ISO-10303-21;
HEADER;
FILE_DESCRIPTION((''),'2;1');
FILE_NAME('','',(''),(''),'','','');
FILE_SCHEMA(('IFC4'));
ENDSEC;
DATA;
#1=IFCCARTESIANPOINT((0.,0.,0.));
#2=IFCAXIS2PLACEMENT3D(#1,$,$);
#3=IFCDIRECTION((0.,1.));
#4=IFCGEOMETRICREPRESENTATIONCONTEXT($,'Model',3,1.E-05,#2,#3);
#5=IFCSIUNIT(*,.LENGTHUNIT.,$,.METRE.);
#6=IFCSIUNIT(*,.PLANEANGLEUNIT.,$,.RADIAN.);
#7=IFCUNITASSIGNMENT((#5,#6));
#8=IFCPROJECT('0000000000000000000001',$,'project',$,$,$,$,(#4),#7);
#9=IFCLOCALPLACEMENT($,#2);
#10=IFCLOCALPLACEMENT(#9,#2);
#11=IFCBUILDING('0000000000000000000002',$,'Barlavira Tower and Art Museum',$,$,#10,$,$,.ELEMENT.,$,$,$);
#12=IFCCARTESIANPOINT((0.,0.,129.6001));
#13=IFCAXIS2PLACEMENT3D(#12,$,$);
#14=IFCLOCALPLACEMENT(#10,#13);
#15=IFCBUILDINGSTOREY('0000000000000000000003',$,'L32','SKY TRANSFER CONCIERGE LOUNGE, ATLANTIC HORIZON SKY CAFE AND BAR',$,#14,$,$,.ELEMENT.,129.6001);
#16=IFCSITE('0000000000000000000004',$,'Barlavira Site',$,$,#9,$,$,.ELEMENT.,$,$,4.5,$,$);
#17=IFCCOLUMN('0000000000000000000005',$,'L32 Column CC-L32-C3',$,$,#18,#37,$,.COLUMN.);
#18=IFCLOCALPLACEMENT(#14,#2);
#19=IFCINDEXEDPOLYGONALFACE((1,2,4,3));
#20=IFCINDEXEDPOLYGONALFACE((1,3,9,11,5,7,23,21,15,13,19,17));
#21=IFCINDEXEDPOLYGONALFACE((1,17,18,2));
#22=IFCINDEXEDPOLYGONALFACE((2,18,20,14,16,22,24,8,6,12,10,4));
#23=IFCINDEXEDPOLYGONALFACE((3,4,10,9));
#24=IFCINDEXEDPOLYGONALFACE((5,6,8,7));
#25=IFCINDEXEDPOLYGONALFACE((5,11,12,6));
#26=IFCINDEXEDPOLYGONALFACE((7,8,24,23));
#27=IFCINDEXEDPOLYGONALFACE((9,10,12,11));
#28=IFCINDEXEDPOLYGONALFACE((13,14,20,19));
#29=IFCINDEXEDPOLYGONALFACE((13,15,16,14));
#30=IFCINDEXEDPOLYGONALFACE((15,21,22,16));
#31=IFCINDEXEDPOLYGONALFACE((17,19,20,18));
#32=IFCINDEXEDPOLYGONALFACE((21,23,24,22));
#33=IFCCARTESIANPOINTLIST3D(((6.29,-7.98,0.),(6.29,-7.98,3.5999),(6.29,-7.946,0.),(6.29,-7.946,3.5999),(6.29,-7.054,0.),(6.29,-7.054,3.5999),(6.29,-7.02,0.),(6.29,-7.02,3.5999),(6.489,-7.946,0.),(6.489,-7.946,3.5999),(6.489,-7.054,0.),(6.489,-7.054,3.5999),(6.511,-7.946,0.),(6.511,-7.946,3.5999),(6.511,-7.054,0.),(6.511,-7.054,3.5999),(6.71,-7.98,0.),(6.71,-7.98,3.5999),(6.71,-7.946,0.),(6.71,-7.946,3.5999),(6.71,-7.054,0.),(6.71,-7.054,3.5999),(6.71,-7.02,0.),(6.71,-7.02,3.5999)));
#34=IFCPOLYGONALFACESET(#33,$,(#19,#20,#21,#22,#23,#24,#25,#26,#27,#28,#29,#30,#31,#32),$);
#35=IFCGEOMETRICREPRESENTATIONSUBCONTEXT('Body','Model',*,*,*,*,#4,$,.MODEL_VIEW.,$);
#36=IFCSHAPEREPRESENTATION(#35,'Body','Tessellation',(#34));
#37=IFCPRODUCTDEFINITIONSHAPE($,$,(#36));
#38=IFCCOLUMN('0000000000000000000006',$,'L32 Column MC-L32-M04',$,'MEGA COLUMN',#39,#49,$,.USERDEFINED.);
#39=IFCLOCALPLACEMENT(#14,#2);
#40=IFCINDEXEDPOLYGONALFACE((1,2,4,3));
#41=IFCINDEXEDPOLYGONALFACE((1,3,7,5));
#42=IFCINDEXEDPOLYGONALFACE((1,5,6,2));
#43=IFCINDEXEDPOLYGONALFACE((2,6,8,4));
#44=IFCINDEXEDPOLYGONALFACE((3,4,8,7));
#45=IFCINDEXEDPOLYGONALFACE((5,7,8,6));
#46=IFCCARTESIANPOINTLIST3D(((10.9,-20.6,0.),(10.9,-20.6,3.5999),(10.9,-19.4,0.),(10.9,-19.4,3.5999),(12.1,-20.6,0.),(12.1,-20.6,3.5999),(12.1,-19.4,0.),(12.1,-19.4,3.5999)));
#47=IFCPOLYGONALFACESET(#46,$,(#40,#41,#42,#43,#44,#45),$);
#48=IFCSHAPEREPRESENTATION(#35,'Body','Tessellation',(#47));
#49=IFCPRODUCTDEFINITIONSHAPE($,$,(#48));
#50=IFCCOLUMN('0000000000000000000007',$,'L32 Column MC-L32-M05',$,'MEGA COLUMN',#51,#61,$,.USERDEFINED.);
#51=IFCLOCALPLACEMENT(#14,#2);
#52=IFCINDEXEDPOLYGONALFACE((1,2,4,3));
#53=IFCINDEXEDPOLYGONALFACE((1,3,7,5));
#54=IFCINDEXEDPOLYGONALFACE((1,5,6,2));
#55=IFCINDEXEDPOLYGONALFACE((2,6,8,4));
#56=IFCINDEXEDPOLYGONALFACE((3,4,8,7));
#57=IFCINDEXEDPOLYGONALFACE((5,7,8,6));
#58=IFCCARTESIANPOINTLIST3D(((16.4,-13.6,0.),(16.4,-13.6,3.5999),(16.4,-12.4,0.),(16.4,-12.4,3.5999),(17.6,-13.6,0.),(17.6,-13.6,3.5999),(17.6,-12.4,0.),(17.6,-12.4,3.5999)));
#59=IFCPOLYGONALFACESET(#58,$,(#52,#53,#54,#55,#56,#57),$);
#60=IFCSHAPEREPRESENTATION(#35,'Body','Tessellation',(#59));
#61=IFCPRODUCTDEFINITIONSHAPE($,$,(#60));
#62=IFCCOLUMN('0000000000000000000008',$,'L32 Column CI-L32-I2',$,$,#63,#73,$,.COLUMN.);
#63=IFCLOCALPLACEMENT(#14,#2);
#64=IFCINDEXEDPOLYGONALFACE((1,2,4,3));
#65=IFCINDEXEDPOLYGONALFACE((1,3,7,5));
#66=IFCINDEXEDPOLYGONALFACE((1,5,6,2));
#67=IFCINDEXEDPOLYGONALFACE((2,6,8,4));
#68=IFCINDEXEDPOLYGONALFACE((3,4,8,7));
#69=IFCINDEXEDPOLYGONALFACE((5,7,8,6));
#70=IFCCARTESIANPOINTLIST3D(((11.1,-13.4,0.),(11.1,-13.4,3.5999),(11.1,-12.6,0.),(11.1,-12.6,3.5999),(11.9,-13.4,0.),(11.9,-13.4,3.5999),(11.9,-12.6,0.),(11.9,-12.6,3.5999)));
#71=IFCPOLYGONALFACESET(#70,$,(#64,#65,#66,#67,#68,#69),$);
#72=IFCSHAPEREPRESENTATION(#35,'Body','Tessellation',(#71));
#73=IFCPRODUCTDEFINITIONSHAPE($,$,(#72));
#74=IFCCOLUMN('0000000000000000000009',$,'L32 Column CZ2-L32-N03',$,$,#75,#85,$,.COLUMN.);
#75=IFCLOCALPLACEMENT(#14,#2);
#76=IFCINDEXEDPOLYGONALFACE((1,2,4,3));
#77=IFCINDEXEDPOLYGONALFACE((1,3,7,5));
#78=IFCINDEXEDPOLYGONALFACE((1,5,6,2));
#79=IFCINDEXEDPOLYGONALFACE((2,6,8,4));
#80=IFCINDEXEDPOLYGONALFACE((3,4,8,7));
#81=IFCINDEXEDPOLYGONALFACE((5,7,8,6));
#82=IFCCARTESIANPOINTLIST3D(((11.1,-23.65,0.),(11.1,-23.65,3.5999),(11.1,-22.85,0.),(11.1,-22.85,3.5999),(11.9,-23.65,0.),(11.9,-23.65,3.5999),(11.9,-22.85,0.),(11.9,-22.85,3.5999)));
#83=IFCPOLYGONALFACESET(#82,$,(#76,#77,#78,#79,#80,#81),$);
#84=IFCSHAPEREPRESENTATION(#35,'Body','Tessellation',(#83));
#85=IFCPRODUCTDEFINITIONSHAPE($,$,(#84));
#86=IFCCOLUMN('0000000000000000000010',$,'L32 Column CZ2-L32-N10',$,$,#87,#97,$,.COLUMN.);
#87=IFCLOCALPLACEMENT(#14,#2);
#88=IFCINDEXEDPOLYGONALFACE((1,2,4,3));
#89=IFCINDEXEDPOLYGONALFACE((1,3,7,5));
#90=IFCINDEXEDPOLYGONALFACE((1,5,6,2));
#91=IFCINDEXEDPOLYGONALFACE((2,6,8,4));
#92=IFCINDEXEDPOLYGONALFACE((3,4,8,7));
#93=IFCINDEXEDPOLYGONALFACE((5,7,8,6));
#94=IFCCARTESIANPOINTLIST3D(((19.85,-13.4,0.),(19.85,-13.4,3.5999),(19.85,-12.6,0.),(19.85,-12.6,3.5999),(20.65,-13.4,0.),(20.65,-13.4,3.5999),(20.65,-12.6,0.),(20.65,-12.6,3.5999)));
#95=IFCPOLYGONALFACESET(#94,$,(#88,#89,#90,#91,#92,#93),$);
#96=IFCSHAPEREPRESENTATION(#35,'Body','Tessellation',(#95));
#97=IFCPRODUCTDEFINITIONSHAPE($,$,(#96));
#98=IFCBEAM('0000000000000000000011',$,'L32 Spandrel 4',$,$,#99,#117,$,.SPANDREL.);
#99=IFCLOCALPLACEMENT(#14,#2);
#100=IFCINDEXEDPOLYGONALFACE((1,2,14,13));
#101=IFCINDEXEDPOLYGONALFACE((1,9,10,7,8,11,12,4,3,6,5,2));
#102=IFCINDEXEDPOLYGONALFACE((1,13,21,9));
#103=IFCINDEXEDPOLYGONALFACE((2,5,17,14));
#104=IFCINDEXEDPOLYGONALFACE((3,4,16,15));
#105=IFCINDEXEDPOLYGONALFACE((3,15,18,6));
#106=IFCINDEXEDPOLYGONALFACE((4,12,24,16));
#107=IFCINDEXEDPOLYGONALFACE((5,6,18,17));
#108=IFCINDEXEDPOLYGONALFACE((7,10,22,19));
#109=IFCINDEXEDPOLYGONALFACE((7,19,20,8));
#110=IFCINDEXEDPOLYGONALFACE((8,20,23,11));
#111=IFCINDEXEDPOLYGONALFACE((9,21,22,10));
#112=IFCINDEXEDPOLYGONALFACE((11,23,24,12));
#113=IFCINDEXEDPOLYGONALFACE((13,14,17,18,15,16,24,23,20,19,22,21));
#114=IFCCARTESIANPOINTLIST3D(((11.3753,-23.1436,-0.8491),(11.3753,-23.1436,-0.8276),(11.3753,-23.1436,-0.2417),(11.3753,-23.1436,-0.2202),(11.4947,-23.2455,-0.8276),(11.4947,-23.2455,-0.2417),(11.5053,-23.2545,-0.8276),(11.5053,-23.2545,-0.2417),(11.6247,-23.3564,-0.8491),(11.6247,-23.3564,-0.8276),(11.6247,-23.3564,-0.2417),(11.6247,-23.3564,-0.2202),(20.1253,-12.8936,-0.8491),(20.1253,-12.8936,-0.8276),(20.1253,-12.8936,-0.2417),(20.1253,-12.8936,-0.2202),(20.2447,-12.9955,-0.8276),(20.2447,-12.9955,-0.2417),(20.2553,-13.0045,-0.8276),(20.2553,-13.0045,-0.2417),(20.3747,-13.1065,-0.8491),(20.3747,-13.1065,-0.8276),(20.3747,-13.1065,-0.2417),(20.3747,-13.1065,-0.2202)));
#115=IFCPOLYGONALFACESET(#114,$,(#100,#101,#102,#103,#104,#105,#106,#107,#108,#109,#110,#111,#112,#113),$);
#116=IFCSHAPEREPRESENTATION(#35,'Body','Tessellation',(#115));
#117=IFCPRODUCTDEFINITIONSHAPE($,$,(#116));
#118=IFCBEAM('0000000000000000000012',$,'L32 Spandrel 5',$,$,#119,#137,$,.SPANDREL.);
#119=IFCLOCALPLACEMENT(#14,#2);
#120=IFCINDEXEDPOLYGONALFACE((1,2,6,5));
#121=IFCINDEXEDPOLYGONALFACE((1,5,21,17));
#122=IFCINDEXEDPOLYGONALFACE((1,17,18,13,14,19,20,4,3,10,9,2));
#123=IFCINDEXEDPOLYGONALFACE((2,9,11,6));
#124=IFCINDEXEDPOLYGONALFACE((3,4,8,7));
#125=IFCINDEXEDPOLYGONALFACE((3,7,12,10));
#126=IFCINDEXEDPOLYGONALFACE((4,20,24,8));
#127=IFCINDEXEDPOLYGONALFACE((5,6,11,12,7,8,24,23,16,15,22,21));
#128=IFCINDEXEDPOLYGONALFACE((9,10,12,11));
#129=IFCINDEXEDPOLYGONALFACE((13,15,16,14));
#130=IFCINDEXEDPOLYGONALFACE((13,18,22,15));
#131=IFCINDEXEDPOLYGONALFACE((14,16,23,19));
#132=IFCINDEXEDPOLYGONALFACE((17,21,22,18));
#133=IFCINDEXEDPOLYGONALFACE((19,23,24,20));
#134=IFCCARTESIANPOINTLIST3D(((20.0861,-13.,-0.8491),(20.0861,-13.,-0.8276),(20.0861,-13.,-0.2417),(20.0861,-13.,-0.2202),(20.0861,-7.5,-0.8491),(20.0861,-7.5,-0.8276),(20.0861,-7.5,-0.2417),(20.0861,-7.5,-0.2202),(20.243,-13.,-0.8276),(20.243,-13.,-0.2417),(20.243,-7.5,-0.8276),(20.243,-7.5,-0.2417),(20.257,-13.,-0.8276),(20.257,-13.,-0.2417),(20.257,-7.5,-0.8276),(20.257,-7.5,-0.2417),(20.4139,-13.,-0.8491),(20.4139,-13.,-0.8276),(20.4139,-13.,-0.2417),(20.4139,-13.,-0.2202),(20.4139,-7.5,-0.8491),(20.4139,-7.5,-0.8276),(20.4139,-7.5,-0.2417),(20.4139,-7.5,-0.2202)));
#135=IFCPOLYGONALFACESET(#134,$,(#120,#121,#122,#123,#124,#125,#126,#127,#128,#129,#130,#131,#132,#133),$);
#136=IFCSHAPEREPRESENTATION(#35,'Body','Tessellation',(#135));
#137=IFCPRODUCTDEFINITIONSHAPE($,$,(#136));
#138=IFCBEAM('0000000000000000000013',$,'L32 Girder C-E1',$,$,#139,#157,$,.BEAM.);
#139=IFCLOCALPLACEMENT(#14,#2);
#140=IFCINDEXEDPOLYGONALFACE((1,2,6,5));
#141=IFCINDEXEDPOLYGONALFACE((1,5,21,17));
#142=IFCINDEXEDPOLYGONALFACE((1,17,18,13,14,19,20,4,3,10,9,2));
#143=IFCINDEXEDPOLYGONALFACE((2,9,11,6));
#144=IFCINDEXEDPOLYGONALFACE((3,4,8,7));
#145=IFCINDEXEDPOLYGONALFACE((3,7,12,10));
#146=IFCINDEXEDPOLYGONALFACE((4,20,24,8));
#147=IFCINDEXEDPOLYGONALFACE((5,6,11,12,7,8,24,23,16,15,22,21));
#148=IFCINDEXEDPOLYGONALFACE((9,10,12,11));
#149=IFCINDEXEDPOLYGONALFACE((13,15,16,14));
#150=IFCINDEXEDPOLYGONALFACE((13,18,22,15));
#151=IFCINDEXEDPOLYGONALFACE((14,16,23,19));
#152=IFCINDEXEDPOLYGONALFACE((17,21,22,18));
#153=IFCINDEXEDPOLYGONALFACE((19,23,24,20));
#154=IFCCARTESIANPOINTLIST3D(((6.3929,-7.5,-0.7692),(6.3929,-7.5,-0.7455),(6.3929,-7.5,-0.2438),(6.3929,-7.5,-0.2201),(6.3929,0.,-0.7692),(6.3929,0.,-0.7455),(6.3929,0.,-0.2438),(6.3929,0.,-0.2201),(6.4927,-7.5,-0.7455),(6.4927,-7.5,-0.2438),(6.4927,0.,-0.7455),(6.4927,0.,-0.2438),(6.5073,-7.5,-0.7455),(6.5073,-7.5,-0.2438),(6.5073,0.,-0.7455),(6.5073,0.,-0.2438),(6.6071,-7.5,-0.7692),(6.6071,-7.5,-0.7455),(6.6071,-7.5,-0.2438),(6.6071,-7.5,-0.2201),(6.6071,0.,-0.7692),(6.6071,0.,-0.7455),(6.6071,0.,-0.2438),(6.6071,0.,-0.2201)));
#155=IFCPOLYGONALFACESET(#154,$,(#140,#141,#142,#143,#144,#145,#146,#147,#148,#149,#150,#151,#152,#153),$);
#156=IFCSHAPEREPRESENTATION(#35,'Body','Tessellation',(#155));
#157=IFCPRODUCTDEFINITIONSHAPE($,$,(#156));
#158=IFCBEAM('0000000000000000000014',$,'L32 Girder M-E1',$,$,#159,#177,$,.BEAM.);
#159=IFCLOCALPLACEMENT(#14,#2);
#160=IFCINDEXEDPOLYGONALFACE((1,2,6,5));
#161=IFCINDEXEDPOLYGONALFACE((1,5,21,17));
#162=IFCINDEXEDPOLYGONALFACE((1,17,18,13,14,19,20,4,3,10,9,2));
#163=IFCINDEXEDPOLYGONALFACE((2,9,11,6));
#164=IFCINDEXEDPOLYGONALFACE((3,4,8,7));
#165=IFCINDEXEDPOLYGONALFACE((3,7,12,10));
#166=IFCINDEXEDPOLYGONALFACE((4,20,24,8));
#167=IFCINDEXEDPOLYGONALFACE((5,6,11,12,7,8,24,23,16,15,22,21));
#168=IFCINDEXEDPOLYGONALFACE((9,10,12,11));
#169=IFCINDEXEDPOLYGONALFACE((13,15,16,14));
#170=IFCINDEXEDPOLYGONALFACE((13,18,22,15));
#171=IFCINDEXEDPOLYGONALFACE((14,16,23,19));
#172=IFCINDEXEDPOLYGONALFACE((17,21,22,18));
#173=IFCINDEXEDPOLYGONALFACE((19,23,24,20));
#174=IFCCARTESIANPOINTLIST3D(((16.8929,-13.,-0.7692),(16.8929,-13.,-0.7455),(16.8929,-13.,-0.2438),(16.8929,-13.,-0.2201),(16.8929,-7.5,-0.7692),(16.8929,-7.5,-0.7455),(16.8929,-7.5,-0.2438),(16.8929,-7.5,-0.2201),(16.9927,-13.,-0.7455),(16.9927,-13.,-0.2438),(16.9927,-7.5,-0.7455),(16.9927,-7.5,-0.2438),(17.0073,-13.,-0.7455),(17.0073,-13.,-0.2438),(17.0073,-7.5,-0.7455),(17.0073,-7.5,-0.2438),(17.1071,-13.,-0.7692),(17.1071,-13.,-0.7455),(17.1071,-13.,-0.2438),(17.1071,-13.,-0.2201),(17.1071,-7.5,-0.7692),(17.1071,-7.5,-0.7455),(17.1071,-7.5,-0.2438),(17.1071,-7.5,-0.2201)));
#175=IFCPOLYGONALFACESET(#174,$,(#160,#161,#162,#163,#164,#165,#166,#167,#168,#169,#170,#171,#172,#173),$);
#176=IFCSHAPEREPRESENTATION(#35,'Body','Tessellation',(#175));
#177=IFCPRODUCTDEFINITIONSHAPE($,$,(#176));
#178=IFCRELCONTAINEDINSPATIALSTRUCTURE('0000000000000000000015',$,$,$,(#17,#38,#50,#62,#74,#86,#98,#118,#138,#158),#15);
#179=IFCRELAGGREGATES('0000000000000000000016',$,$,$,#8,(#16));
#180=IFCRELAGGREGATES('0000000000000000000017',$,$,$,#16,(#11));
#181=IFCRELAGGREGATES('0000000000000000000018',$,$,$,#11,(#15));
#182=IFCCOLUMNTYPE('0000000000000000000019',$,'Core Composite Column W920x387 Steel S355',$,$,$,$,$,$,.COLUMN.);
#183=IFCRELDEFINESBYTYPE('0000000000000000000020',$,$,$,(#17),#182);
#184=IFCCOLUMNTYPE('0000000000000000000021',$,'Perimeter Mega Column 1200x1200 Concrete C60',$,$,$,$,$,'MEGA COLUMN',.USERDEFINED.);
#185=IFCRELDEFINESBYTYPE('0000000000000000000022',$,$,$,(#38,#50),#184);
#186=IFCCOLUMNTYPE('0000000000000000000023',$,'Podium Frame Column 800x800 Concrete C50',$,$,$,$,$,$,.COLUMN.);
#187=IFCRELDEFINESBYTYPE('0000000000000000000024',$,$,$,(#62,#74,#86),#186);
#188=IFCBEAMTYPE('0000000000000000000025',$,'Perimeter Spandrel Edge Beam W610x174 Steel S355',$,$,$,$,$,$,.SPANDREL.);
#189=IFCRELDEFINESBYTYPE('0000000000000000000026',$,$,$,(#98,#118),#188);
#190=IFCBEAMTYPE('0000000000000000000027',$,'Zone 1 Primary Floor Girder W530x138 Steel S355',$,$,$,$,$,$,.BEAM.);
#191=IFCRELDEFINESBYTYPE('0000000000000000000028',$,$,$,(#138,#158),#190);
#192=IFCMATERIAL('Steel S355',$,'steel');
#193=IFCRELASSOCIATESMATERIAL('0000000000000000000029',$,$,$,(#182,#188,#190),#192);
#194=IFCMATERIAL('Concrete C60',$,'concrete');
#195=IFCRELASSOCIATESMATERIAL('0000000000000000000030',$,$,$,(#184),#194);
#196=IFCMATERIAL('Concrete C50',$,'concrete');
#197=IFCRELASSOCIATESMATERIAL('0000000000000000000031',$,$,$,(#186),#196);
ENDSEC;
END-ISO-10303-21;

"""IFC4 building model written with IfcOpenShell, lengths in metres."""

from ifc_helpers import new_model, si_unit, direction, frame, origin, origin_2d, place, context, subcontext, project, spatial, rectangle, i_section, extrude, material, material_profile, profile_set, type_object, element, save


model = new_model("IFC4")

# Units and contexts
model_context = context("Model", 3, precision=1e-05, world=origin(), true_north=direction((0.0, 1.0)))
body_context = subcontext(model_context, "Body", "Model", "MODEL_VIEW")
ifc_project = project(units=[si_unit("LENGTHUNIT", "METRE"), si_unit("PLANEANGLEUNIT", "RADIAN")], contexts=[model_context])

# Site, building, storey
site_placement = place(None, origin())
site = spatial("IfcSite", under=ifc_project, at=site_placement, Name="Barlavira Site", CompositionType="ELEMENT", RefElevation=4.5)
building_placement = place(site_placement, origin())
building = spatial("IfcBuilding", under=site, at=building_placement, Name="Barlavira Tower and Art Museum", CompositionType="ELEMENT")
storey_placement = place(building_placement, frame((0.0, 0.0, 129.6001)))
storey = spatial("IfcBuildingStorey", under=building, at=storey_placement, Name="L32", Description="SKY TRANSFER CONCIERGE LOUNGE, ATLANTIC HORIZON SKY CAFE AND BAR", CompositionType="ELEMENT", Elevation=129.6001)

# Columns
ifc_material_1 = material(Name="Steel S355", Category="steel")
ifc_material_profile_1 = material_profile(ifc_material_1, i_section(OverallWidth=0.4199, OverallDepth=0.96, WebThickness=0.022, FlangeThickness=0.0339, at=origin_2d()), Name="W920x387.0")
ifc_profile_set_1 = profile_set([ifc_material_profile_1], Name="Steel S355")
column_type_1 = type_object("IfcColumnType", Name="Core Composite Column W920x387 Steel S355", PredefinedType="COLUMN", material=ifc_profile_set_1)
column_placement = place(storey_placement, frame((6.5, -7.5, 0.0), z_axis=(0.0, 0.0, 1.0), x_axis=(1.0, 0.0, 0.0)))
element("IfcColumn", 1, at=column_placement, inside=storey, type_object=column_type_1, Name="L32 Column CC-L32-C3", PredefinedType="COLUMN", context=body_context, shape_type="SweptSolid", body=[
    extrude(i_section(OverallWidth=0.4199, OverallDepth=0.96, WebThickness=0.022, FlangeThickness=0.0339, at=origin_2d()), origin(), (0.0, 0.0, 1.0), 3.5999),
])
ifc_material_2 = material(Name="Concrete C60", Category="concrete")
ifc_material_profile_2 = material_profile(ifc_material_2, rectangle(XDim=1.2, YDim=1.2, at=origin_2d()), Name="RC-COL 1200x1200")
ifc_profile_set_2 = profile_set([ifc_material_profile_2], Name="Concrete C60")
column_type_2 = type_object("IfcColumnType", Name="Perimeter Mega Column 1200x1200 Concrete C60", ElementType="MEGA COLUMN", PredefinedType="USERDEFINED", material=ifc_profile_set_2)
for number, where, z_axis, x_axis, name in (
    (2, (11.5, -20.0, 0.0), (0.0, 0.0, 1.0), (1.0, 0.0, 0.0), "L32 Column MC-L32-M04"),
    (3, (17.0, -13.0, 0.0), (0.0, 0.0, 1.0), (1.0, 0.0, 0.0), "L32 Column MC-L32-M05"),
):
    element("IfcColumn", number, at=place(storey_placement, frame(where, z_axis=z_axis, x_axis=x_axis)), inside=storey, type_object=column_type_2, Name=name, ObjectType="MEGA COLUMN", PredefinedType="USERDEFINED", context=body_context, shape_type="SweptSolid", body=[
        extrude(rectangle(XDim=1.2, YDim=1.2, at=origin_2d()), origin(), (0.0, 0.0, 1.0), 3.5999),
    ])
ifc_material_3 = material(Name="Concrete C50", Category="concrete")
ifc_material_profile_3 = material_profile(ifc_material_3, rectangle(XDim=0.8, YDim=0.8, at=origin_2d()), Name="RC-COL 800x800")
ifc_profile_set_3 = profile_set([ifc_material_profile_3], Name="Concrete C50")
column_type_3 = type_object("IfcColumnType", Name="Podium Frame Column 800x800 Concrete C50", PredefinedType="COLUMN", material=ifc_profile_set_3)
for number, where, z_axis, x_axis, name in (
    (4, (11.5, -13.0, 0.0), (0.0, 0.0, 1.0), (1.0, 0.0, 0.0), "L32 Column CI-L32-I2"),
    (5, (11.5, -23.25, 0.0), (0.0, 0.0, 1.0), (1.0, 0.0, 0.0), "L32 Column CZ2-L32-N03"),
    (6, (20.25, -13.0, 0.0), (0.0, 0.0, 1.0), (1.0, 0.0, 0.0), "L32 Column CZ2-L32-N10"),
):
    element("IfcColumn", number, at=place(storey_placement, frame(where, z_axis=z_axis, x_axis=x_axis)), inside=storey, type_object=column_type_3, Name=name, PredefinedType="COLUMN", context=body_context, shape_type="SweptSolid", body=[
        extrude(rectangle(XDim=0.8, YDim=0.8, at=origin_2d()), origin(), (0.0, 0.0, 1.0), 3.5999),
    ])

# Beams
ifc_material_profile_4 = material_profile(ifc_material_1, i_section(OverallWidth=0.3279, OverallDepth=0.6289, WebThickness=0.0139, FlangeThickness=0.0215, at=origin_2d()), Name="W610x174.0")
ifc_profile_set_4 = profile_set([ifc_material_profile_4], Name="Steel S355")
beam_type_1 = type_object("IfcBeamType", Name="Perimeter Spandrel Edge Beam W610x174 Steel S355", PredefinedType="SPANDREL", material=ifc_profile_set_4)
beam_1_placement = place(storey_placement, frame((11.5, -23.25, -0.5347), z_axis=(0.649262, 0.760565, 0.0), x_axis=(-0.760565, 0.649262, 0.0)))
element("IfcBeam", 7, at=beam_1_placement, inside=storey, type_object=beam_type_1, Name="L32 Spandrel 4", PredefinedType="SPANDREL", context=body_context, shape_type="SweptSolid", body=[
    extrude(i_section(OverallWidth=0.3279, OverallDepth=0.6289, WebThickness=0.0139, FlangeThickness=0.0215, at=origin_2d()), origin(), (0.0, 0.0, 1.0), 13.4768),
])
beam_2_placement = place(storey_placement, frame((20.25, -13.0, -0.5347), z_axis=(0.0, 1.0, 0.0), x_axis=(-1.0, 0.0, 0.0)))
element("IfcBeam", 8, at=beam_2_placement, inside=storey, type_object=beam_type_1, Name="L32 Spandrel 5", PredefinedType="SPANDREL", context=body_context, shape_type="SweptSolid", body=[
    extrude(i_section(OverallWidth=0.3279, OverallDepth=0.6289, WebThickness=0.0139, FlangeThickness=0.0215, at=origin_2d()), origin(), (0.0, 0.0, 1.0), 5.5),
])
ifc_material_profile_5 = material_profile(ifc_material_1, i_section(OverallWidth=0.2141, OverallDepth=0.5491, WebThickness=0.0146, FlangeThickness=0.0237, at=origin_2d()), Name="W530x138.0")
ifc_profile_set_5 = profile_set([ifc_material_profile_5], Name="Steel S355")
beam_type_2 = type_object("IfcBeamType", Name="Zone 1 Primary Floor Girder W530x138 Steel S355", PredefinedType="BEAM", material=ifc_profile_set_5)
beam_3_placement = place(storey_placement, frame((6.5, -7.5, -0.4946), z_axis=(0.0, 1.0, 0.0), x_axis=(-1.0, 0.0, 0.0)))
element("IfcBeam", 9, at=beam_3_placement, inside=storey, type_object=beam_type_2, Name="L32 Girder C-E1", PredefinedType="BEAM", context=body_context, shape_type="SweptSolid", body=[
    extrude(i_section(OverallWidth=0.2141, OverallDepth=0.5491, WebThickness=0.0146, FlangeThickness=0.0237, at=origin_2d()), origin(), (0.0, 0.0, 1.0), 7.5),
])
beam_4_placement = place(storey_placement, frame((17.0, -13.0, -0.4946), z_axis=(0.0, 1.0, 0.0), x_axis=(-1.0, 0.0, 0.0)))
element("IfcBeam", 10, at=beam_4_placement, inside=storey, type_object=beam_type_2, Name="L32 Girder M-E1", PredefinedType="BEAM", context=body_context, shape_type="SweptSolid", body=[
    extrude(i_section(OverallWidth=0.2141, OverallDepth=0.5491, WebThickness=0.0146, FlangeThickness=0.0237, at=origin_2d()), origin(), (0.0, 0.0, 1.0), 5.5),
])

save(model, "model.ifc")
